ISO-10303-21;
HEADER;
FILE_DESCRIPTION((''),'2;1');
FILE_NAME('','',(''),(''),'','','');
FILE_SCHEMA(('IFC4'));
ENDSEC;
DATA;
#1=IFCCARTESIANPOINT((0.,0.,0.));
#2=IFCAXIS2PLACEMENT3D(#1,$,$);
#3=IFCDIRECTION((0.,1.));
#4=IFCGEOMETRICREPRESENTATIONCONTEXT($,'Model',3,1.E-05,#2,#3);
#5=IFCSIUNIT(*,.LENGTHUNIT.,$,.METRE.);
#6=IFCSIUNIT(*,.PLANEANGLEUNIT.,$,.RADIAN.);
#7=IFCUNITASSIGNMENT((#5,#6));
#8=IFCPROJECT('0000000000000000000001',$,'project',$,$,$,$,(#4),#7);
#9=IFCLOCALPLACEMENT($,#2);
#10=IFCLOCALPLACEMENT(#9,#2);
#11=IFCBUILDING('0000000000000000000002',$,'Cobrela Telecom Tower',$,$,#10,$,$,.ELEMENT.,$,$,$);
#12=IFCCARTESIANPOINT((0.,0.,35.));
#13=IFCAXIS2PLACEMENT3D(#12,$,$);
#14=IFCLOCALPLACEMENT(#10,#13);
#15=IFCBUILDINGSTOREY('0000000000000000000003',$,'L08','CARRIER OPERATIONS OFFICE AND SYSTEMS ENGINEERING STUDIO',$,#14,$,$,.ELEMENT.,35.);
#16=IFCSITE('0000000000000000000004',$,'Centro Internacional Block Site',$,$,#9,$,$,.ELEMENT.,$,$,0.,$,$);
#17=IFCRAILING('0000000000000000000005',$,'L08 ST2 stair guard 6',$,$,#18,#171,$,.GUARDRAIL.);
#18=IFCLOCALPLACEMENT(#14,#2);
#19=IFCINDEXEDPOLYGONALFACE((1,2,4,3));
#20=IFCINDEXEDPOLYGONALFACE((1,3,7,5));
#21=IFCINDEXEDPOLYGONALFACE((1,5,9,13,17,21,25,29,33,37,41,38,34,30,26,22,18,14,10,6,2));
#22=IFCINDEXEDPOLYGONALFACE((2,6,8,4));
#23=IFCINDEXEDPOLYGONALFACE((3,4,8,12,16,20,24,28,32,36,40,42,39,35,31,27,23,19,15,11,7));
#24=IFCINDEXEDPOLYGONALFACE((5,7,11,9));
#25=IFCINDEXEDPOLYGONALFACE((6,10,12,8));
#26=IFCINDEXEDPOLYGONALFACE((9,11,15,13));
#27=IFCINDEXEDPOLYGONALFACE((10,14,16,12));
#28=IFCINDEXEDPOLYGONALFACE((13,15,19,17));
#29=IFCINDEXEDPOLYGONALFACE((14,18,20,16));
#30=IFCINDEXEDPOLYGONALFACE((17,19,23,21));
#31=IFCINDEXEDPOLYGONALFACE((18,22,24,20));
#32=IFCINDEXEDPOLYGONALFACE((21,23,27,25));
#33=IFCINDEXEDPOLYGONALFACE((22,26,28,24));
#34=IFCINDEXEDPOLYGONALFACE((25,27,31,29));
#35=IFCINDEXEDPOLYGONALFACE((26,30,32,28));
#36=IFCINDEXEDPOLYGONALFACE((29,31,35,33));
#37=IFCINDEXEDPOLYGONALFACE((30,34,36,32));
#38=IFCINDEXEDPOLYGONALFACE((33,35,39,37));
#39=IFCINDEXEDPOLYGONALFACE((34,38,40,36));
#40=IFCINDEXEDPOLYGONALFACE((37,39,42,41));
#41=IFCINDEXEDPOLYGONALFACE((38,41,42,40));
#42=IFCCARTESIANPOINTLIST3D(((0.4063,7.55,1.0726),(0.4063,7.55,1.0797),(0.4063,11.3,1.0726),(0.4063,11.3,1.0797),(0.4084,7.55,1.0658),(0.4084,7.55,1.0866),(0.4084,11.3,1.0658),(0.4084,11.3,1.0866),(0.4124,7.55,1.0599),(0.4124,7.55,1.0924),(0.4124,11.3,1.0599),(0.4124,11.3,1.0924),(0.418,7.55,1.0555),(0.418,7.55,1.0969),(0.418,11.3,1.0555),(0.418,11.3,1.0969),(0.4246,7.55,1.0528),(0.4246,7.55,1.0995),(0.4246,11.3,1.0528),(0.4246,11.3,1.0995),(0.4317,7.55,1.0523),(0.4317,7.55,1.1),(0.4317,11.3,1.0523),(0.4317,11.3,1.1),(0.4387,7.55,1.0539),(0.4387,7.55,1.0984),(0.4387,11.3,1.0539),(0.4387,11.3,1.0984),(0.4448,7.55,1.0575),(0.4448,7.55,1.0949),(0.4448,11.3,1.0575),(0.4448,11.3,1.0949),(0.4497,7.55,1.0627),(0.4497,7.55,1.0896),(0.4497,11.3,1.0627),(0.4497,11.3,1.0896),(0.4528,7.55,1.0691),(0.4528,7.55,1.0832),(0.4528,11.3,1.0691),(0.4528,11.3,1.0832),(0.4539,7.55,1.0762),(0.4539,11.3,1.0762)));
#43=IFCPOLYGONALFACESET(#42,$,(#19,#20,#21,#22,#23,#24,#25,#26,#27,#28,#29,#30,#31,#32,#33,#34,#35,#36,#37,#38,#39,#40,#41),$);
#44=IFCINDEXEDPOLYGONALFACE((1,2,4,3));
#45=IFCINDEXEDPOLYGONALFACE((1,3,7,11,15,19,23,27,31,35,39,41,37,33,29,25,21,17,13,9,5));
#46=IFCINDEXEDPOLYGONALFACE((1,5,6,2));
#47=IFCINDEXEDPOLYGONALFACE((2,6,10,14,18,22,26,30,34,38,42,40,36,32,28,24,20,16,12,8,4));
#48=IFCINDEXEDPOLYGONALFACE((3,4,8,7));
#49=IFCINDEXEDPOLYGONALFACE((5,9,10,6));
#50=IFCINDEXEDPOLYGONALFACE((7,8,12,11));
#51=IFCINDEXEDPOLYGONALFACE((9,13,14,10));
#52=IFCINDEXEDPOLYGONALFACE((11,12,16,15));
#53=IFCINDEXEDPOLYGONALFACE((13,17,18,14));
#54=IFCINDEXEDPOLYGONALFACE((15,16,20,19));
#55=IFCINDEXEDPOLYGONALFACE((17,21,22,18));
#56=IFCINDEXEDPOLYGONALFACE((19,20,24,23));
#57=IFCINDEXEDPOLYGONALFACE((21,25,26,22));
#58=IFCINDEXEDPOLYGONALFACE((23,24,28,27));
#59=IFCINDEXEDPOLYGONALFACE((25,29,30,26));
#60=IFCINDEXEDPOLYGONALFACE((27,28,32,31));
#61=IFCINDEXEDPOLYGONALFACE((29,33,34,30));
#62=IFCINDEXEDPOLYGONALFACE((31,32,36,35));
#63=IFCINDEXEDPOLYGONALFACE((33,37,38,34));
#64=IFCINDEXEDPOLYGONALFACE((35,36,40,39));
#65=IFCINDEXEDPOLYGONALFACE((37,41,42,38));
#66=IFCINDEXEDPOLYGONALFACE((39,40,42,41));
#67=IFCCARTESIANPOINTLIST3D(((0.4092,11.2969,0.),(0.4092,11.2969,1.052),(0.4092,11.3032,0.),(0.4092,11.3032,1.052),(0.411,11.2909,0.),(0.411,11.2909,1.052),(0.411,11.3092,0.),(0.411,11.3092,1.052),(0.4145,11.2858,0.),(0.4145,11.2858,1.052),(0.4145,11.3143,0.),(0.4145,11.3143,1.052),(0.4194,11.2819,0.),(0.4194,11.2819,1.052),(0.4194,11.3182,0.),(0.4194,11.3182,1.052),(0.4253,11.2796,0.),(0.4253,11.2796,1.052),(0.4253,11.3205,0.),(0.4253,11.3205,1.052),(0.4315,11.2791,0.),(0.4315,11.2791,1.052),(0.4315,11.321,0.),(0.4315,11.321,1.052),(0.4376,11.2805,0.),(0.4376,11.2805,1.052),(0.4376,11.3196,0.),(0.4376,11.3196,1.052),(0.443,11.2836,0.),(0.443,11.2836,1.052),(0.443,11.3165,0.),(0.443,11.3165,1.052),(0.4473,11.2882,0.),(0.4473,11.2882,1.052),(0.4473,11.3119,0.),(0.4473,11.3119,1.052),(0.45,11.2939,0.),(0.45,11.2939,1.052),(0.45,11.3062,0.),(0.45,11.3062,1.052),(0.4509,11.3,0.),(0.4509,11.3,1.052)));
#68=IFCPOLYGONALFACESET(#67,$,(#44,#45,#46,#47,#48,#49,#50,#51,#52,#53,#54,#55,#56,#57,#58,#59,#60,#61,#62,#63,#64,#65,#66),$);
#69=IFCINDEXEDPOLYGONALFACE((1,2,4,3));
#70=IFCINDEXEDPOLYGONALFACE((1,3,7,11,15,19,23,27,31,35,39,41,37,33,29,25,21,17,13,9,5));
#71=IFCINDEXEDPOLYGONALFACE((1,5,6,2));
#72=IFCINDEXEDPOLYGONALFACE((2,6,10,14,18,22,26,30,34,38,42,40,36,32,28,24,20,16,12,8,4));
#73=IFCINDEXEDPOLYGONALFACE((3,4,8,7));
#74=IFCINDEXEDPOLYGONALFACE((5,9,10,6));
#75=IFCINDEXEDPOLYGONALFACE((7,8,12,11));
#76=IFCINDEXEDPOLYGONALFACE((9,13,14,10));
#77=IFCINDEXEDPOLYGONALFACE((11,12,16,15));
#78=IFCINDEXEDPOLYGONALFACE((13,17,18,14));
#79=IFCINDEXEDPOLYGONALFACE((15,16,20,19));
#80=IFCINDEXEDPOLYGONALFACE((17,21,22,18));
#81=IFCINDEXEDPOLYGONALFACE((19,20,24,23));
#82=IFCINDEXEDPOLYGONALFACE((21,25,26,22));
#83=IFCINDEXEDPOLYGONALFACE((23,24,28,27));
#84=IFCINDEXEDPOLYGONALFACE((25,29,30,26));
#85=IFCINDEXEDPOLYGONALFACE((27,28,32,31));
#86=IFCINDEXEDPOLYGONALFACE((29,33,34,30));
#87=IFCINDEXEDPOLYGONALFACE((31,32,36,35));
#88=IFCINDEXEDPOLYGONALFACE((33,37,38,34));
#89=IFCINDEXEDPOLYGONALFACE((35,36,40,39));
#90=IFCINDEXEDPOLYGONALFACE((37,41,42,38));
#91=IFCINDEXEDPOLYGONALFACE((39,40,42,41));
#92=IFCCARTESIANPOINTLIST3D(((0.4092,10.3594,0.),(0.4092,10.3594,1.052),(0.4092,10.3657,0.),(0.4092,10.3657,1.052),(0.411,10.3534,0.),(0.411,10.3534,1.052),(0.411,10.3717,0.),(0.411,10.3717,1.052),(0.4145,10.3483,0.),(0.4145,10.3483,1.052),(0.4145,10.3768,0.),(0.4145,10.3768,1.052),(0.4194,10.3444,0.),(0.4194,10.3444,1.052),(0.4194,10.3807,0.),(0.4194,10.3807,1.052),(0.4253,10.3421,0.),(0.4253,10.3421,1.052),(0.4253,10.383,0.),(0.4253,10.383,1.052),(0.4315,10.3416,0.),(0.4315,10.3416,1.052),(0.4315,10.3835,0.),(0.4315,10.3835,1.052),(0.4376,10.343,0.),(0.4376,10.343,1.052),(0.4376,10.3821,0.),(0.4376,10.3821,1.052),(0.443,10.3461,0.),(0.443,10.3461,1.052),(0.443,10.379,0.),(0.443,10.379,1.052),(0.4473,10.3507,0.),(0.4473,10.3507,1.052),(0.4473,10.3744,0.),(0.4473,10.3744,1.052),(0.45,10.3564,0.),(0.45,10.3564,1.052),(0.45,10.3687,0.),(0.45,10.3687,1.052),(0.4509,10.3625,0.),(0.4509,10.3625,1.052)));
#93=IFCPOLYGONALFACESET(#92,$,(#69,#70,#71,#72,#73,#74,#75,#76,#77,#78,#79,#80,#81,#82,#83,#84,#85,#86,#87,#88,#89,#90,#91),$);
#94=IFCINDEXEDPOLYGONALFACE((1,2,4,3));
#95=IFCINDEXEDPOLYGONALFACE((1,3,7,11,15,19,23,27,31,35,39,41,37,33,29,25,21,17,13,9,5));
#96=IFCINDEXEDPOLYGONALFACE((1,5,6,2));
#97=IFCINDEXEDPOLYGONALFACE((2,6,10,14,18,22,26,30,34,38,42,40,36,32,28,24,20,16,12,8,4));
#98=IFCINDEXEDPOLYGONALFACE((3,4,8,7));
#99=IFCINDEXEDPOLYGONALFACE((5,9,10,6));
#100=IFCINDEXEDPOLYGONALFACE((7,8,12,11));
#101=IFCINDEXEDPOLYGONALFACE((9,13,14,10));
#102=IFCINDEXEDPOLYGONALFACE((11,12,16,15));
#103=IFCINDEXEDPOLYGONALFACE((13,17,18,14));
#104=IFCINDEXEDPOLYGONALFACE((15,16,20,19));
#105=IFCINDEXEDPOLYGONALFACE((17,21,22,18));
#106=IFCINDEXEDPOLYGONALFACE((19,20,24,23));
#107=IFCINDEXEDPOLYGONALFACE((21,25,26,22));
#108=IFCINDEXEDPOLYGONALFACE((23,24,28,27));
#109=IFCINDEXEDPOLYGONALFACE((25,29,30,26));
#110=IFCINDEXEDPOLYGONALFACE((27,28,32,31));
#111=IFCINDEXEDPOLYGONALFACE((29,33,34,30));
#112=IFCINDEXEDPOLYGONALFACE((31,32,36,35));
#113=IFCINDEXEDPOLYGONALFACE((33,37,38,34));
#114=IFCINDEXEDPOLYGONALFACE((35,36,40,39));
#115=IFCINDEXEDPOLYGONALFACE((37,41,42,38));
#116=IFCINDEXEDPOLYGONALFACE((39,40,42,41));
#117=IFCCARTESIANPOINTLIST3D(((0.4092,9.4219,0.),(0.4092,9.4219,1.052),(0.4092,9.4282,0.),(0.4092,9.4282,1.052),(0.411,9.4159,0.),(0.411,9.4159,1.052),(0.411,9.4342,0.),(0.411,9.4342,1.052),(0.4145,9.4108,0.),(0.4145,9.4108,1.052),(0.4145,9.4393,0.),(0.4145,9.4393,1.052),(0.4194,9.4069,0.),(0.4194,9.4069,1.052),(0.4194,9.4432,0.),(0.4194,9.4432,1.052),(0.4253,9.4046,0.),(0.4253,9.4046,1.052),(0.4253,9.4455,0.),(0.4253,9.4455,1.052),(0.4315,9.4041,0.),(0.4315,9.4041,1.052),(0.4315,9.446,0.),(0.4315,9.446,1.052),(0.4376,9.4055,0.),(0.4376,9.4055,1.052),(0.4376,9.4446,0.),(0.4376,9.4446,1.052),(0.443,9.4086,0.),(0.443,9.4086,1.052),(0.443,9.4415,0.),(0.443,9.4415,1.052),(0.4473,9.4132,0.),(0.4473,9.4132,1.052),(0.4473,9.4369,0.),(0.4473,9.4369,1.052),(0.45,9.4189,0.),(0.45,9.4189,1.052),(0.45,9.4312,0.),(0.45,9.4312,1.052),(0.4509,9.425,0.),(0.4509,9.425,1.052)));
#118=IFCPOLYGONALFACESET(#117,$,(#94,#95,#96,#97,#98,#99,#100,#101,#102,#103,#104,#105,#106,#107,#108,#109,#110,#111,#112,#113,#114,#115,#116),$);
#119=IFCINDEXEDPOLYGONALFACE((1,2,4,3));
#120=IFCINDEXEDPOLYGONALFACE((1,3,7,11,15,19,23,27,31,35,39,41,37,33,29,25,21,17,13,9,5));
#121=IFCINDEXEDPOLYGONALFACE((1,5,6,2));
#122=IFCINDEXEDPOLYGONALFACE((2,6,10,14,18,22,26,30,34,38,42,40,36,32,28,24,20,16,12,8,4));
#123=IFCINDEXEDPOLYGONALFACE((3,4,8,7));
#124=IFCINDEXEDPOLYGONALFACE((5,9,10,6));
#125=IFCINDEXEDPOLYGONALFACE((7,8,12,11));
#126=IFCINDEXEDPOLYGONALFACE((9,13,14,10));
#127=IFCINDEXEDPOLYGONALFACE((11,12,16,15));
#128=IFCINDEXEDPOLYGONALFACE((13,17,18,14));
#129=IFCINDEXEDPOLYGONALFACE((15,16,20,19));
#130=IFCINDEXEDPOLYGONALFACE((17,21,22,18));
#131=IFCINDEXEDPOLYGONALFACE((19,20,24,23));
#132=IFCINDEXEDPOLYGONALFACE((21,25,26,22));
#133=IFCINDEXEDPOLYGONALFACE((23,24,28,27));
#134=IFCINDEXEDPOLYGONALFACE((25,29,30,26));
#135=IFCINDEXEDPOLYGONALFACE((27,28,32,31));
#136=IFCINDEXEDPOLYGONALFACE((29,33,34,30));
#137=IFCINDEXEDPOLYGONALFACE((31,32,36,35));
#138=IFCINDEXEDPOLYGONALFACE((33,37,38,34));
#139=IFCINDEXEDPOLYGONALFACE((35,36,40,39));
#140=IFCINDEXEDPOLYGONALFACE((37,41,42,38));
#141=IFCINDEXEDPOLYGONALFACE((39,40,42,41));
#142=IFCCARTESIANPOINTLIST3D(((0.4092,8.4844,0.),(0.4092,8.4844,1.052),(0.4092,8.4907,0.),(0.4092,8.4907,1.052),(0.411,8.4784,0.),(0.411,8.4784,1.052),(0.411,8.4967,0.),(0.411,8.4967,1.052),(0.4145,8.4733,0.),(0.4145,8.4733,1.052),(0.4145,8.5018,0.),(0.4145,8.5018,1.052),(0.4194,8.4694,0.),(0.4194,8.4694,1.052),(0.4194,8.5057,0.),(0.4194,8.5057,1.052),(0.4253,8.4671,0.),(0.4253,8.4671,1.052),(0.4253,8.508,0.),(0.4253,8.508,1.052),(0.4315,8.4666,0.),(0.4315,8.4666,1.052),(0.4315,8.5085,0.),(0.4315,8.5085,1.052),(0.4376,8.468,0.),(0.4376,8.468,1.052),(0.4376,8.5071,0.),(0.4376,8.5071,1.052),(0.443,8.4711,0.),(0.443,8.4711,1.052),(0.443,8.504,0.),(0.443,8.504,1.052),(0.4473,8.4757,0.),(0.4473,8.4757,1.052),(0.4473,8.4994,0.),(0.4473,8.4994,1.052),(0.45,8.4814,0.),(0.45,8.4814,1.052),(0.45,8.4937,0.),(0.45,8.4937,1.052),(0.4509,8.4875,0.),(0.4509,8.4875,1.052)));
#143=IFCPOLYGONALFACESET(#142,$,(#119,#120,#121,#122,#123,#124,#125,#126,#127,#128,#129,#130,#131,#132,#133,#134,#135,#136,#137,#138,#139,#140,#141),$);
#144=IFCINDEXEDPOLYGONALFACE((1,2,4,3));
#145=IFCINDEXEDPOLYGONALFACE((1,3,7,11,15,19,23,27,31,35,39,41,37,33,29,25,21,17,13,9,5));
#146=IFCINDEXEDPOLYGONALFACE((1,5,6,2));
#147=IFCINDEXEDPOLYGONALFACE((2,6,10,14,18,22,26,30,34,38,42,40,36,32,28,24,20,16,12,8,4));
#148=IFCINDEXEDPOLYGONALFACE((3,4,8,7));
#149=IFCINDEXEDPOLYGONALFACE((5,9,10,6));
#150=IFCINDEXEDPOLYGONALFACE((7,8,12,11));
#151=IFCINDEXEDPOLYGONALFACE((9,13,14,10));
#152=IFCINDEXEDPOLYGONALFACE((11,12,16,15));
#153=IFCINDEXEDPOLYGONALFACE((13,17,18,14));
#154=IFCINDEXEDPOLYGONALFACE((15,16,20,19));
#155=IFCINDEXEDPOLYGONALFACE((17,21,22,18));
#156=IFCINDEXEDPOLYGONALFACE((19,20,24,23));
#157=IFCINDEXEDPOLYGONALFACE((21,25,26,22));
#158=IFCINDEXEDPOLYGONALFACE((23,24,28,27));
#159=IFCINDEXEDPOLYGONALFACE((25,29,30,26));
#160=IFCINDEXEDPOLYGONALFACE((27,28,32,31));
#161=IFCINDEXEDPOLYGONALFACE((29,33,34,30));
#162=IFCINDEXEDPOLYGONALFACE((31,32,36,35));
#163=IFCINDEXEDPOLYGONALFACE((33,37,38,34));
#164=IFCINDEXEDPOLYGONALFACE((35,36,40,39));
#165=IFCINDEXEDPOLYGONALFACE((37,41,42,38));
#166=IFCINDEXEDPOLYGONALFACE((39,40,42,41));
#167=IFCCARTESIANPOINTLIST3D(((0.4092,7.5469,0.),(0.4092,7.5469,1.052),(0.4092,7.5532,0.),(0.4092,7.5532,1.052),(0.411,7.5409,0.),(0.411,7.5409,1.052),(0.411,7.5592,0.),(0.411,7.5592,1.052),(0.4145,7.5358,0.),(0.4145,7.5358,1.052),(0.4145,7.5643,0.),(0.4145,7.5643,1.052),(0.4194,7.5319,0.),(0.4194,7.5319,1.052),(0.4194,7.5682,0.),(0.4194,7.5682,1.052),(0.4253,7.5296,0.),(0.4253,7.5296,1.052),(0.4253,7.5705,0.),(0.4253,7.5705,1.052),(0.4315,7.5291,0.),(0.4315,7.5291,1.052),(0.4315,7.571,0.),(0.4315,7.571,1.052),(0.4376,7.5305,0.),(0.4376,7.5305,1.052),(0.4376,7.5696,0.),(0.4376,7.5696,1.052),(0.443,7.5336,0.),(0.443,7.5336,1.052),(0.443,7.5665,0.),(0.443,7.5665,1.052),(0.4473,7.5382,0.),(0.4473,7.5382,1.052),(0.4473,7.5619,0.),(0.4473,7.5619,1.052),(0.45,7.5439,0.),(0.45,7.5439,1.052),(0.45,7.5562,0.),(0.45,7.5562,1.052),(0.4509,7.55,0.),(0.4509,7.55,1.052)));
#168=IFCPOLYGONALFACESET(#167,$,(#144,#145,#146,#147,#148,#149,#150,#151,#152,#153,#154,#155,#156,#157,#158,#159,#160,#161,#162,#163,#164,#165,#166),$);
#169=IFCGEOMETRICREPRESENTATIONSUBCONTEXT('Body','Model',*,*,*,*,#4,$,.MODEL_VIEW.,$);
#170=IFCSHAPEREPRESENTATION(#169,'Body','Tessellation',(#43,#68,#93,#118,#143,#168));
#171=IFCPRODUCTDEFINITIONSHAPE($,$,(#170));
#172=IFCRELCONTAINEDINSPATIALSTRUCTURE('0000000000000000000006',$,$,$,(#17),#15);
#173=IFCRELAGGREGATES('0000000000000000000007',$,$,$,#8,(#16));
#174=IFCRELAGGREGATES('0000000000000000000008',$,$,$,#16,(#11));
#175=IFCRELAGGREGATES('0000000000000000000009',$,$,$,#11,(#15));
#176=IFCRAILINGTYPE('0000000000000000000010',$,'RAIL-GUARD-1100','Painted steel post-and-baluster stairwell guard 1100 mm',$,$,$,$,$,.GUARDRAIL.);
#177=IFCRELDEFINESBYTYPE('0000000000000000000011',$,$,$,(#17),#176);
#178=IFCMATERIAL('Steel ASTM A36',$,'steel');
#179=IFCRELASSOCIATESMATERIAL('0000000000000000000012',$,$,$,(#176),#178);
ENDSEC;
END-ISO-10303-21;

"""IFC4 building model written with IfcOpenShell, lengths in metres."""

from ifc_helpers import new_model, si_unit, direction, frame, origin, origin_2d, place, context, subcontext, project, spatial, circle, extrude, material, type_object, element, save


model = new_model("IFC4")

# Units and contexts
model_context = context("Model", 3, precision=1e-05, world=origin(), true_north=direction((0.0, 1.0)))
body_context = subcontext(model_context, "Body", "Model", "MODEL_VIEW")
ifc_project = project(units=[si_unit("LENGTHUNIT", "METRE"), si_unit("PLANEANGLEUNIT", "RADIAN")], contexts=[model_context])

# Site, building, storey
site_placement = place(None, origin())
site = spatial("IfcSite", under=ifc_project, at=site_placement, Name="Centro Internacional Block Site", CompositionType="ELEMENT", RefElevation=0.0)
building_placement = place(site_placement, origin())
building = spatial("IfcBuilding", under=site, at=building_placement, Name="Cobrela Telecom Tower", CompositionType="ELEMENT")
storey_placement = place(building_placement, frame((0.0, 0.0, 35.0)))
storey = spatial("IfcBuildingStorey", under=building, at=storey_placement, Name="L08", Description="CARRIER OPERATIONS OFFICE AND SYSTEMS ENGINEERING STUDIO", CompositionType="ELEMENT", Elevation=35.0)

# Railing
ifc_material_1 = material(Name="Steel ASTM A36", Category="steel")
railing_type_1 = type_object("IfcRailingType", Name="RAIL-GUARD-1100", Description="Painted steel post-and-baluster stairwell guard 1100 mm", PredefinedType="GUARDRAIL", material=ifc_material_1)
railing_1_placement = place(storey_placement, frame((0.4299, 11.3, 0.0)))
element("IfcRailing", 1, at=railing_1_placement, inside=storey, type_object=railing_type_1, Name="L08 ST2 stair guard 6", PredefinedType="GUARDRAIL", context=body_context, shape_type="SweptSolid", body=[
    extrude(circle(Radius=0.0239, at=origin_2d()), frame((0.0, 0.0, 1.0762), z_axis=(0.0, -1.0, 0.0), x_axis=(1.0, 0.0, 0.0)), (0.0, 0.0, 1.0), 3.75),
    extrude(circle(Radius=0.021, at=origin_2d()), origin(), (0.0, 0.0, 1.0), 1.052),
    extrude(circle(Radius=0.021, at=origin_2d()), frame((0.0, -0.9375, 0.0)), (0.0, 0.0, 1.0), 1.052),
    extrude(circle(Radius=0.021, at=origin_2d()), frame((0.0, -1.875, 0.0)), (0.0, 0.0, 1.0), 1.052),
    extrude(circle(Radius=0.021, at=origin_2d()), frame((0.0, -2.8125, 0.0)), (0.0, 0.0, 1.0), 1.052),
    extrude(circle(Radius=0.021, at=origin_2d()), frame((0.0, -3.75, 0.0)), (0.0, 0.0, 1.0), 1.052),
])

save(model, "model.ifc")
